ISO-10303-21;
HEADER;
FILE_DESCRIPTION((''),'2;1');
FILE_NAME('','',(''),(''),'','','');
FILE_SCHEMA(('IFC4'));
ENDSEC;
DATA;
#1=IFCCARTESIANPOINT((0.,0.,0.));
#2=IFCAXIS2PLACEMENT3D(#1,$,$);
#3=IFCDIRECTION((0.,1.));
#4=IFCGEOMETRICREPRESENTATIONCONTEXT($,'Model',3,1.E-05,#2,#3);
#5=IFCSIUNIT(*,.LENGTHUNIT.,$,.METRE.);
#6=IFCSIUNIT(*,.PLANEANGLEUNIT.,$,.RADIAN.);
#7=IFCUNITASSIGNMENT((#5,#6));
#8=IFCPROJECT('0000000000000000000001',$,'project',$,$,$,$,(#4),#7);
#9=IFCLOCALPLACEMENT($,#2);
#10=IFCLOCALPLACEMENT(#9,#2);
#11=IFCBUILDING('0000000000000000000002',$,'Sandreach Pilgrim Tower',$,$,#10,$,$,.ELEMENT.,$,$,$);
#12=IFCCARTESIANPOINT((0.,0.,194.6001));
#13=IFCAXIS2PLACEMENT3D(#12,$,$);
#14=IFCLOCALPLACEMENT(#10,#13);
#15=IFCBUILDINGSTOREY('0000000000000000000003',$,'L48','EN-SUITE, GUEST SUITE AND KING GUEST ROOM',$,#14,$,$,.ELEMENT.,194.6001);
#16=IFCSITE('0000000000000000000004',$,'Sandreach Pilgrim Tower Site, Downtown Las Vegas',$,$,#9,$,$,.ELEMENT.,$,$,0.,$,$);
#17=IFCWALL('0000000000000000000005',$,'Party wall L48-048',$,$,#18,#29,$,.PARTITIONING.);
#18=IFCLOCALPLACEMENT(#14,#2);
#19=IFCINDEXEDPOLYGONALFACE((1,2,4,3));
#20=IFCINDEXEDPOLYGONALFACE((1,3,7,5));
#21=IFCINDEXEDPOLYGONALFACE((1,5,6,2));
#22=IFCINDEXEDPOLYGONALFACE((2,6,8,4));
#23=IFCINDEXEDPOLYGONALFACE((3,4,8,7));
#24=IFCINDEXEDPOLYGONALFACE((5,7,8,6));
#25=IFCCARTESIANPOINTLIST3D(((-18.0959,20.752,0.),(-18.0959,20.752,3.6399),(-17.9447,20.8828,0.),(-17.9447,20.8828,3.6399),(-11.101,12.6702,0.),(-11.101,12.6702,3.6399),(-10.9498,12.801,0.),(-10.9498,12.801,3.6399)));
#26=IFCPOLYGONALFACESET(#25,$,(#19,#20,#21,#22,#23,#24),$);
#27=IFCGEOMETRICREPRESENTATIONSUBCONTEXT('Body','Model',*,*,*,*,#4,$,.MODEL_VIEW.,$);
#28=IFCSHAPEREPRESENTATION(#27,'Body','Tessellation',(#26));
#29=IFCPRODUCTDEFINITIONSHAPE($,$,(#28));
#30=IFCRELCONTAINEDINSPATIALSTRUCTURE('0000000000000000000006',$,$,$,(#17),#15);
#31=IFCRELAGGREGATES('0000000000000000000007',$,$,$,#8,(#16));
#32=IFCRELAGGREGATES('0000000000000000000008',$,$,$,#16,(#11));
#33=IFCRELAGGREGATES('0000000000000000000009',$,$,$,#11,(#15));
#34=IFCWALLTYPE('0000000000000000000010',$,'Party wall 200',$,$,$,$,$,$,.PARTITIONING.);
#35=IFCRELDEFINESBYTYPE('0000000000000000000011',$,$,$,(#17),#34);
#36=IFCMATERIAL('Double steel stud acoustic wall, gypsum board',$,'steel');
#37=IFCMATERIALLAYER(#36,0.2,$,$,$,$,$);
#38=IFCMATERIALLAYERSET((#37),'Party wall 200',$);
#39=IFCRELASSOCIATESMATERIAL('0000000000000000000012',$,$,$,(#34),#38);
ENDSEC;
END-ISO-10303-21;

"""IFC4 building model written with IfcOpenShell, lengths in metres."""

from ifc_helpers import new_model, si_unit, direction, frame, frame_2d, origin, place, context, subcontext, project, spatial, rectangle, extrude, material, layer, layer_set, type_object, element, save


model = new_model("IFC4")

# Units and contexts
model_context = context("Model", 3, precision=1e-05, world=origin(), true_north=direction((0.0, 1.0)))
body_context = subcontext(model_context, "Body", "Model", "MODEL_VIEW")
ifc_project = project(units=[si_unit("LENGTHUNIT", "METRE"), si_unit("PLANEANGLEUNIT", "RADIAN")], contexts=[model_context])

# Site, building, storey
site_placement = place(None, origin())
site = spatial("IfcSite", under=ifc_project, at=site_placement, Name="Sandreach Pilgrim Tower Site, Downtown Las Vegas", CompositionType="ELEMENT", RefElevation=0.0)
building_placement = place(site_placement, origin())
building = spatial("IfcBuilding", under=site, at=building_placement, Name="Sandreach Pilgrim Tower", CompositionType="ELEMENT")
storey_placement = place(building_placement, frame((0.0, 0.0, 194.6001)))
storey = spatial("IfcBuildingStorey", under=building, at=storey_placement, Name="L48", Description="EN-SUITE, GUEST SUITE AND KING GUEST ROOM", CompositionType="ELEMENT", Elevation=194.6001)

# Wall
ifc_material_1 = material(Name="Double steel stud acoustic wall, gypsum board", Category="steel")
ifc_layer_1 = layer(ifc_material_1, 0.2)
ifc_layer_set_1 = layer_set([ifc_layer_1], Name="Party wall 200")
wall_type_1 = type_object("IfcWallType", Name="Party wall 200", PredefinedType="PARTITIONING", material=ifc_layer_set_1)
wall_1_placement = place(storey_placement, frame((-11.0254, 12.7356, 0.0), z_axis=(0.0, 0.0, 1.0), x_axis=(-0.654431, 0.756122, 0.0)))
element("IfcWall", 1, at=wall_1_placement, inside=storey, type_object=wall_type_1, Name="Party wall L48-048", PredefinedType="PARTITIONING", context=body_context, shape_type="SweptSolid", body=[
    extrude(rectangle(XDim=10.6885, YDim=0.2, at=frame_2d((5.3442, 0.0))), origin(), (0.0, 0.0, 1.0), 3.6399),
])

save(model, "model.ifc")
